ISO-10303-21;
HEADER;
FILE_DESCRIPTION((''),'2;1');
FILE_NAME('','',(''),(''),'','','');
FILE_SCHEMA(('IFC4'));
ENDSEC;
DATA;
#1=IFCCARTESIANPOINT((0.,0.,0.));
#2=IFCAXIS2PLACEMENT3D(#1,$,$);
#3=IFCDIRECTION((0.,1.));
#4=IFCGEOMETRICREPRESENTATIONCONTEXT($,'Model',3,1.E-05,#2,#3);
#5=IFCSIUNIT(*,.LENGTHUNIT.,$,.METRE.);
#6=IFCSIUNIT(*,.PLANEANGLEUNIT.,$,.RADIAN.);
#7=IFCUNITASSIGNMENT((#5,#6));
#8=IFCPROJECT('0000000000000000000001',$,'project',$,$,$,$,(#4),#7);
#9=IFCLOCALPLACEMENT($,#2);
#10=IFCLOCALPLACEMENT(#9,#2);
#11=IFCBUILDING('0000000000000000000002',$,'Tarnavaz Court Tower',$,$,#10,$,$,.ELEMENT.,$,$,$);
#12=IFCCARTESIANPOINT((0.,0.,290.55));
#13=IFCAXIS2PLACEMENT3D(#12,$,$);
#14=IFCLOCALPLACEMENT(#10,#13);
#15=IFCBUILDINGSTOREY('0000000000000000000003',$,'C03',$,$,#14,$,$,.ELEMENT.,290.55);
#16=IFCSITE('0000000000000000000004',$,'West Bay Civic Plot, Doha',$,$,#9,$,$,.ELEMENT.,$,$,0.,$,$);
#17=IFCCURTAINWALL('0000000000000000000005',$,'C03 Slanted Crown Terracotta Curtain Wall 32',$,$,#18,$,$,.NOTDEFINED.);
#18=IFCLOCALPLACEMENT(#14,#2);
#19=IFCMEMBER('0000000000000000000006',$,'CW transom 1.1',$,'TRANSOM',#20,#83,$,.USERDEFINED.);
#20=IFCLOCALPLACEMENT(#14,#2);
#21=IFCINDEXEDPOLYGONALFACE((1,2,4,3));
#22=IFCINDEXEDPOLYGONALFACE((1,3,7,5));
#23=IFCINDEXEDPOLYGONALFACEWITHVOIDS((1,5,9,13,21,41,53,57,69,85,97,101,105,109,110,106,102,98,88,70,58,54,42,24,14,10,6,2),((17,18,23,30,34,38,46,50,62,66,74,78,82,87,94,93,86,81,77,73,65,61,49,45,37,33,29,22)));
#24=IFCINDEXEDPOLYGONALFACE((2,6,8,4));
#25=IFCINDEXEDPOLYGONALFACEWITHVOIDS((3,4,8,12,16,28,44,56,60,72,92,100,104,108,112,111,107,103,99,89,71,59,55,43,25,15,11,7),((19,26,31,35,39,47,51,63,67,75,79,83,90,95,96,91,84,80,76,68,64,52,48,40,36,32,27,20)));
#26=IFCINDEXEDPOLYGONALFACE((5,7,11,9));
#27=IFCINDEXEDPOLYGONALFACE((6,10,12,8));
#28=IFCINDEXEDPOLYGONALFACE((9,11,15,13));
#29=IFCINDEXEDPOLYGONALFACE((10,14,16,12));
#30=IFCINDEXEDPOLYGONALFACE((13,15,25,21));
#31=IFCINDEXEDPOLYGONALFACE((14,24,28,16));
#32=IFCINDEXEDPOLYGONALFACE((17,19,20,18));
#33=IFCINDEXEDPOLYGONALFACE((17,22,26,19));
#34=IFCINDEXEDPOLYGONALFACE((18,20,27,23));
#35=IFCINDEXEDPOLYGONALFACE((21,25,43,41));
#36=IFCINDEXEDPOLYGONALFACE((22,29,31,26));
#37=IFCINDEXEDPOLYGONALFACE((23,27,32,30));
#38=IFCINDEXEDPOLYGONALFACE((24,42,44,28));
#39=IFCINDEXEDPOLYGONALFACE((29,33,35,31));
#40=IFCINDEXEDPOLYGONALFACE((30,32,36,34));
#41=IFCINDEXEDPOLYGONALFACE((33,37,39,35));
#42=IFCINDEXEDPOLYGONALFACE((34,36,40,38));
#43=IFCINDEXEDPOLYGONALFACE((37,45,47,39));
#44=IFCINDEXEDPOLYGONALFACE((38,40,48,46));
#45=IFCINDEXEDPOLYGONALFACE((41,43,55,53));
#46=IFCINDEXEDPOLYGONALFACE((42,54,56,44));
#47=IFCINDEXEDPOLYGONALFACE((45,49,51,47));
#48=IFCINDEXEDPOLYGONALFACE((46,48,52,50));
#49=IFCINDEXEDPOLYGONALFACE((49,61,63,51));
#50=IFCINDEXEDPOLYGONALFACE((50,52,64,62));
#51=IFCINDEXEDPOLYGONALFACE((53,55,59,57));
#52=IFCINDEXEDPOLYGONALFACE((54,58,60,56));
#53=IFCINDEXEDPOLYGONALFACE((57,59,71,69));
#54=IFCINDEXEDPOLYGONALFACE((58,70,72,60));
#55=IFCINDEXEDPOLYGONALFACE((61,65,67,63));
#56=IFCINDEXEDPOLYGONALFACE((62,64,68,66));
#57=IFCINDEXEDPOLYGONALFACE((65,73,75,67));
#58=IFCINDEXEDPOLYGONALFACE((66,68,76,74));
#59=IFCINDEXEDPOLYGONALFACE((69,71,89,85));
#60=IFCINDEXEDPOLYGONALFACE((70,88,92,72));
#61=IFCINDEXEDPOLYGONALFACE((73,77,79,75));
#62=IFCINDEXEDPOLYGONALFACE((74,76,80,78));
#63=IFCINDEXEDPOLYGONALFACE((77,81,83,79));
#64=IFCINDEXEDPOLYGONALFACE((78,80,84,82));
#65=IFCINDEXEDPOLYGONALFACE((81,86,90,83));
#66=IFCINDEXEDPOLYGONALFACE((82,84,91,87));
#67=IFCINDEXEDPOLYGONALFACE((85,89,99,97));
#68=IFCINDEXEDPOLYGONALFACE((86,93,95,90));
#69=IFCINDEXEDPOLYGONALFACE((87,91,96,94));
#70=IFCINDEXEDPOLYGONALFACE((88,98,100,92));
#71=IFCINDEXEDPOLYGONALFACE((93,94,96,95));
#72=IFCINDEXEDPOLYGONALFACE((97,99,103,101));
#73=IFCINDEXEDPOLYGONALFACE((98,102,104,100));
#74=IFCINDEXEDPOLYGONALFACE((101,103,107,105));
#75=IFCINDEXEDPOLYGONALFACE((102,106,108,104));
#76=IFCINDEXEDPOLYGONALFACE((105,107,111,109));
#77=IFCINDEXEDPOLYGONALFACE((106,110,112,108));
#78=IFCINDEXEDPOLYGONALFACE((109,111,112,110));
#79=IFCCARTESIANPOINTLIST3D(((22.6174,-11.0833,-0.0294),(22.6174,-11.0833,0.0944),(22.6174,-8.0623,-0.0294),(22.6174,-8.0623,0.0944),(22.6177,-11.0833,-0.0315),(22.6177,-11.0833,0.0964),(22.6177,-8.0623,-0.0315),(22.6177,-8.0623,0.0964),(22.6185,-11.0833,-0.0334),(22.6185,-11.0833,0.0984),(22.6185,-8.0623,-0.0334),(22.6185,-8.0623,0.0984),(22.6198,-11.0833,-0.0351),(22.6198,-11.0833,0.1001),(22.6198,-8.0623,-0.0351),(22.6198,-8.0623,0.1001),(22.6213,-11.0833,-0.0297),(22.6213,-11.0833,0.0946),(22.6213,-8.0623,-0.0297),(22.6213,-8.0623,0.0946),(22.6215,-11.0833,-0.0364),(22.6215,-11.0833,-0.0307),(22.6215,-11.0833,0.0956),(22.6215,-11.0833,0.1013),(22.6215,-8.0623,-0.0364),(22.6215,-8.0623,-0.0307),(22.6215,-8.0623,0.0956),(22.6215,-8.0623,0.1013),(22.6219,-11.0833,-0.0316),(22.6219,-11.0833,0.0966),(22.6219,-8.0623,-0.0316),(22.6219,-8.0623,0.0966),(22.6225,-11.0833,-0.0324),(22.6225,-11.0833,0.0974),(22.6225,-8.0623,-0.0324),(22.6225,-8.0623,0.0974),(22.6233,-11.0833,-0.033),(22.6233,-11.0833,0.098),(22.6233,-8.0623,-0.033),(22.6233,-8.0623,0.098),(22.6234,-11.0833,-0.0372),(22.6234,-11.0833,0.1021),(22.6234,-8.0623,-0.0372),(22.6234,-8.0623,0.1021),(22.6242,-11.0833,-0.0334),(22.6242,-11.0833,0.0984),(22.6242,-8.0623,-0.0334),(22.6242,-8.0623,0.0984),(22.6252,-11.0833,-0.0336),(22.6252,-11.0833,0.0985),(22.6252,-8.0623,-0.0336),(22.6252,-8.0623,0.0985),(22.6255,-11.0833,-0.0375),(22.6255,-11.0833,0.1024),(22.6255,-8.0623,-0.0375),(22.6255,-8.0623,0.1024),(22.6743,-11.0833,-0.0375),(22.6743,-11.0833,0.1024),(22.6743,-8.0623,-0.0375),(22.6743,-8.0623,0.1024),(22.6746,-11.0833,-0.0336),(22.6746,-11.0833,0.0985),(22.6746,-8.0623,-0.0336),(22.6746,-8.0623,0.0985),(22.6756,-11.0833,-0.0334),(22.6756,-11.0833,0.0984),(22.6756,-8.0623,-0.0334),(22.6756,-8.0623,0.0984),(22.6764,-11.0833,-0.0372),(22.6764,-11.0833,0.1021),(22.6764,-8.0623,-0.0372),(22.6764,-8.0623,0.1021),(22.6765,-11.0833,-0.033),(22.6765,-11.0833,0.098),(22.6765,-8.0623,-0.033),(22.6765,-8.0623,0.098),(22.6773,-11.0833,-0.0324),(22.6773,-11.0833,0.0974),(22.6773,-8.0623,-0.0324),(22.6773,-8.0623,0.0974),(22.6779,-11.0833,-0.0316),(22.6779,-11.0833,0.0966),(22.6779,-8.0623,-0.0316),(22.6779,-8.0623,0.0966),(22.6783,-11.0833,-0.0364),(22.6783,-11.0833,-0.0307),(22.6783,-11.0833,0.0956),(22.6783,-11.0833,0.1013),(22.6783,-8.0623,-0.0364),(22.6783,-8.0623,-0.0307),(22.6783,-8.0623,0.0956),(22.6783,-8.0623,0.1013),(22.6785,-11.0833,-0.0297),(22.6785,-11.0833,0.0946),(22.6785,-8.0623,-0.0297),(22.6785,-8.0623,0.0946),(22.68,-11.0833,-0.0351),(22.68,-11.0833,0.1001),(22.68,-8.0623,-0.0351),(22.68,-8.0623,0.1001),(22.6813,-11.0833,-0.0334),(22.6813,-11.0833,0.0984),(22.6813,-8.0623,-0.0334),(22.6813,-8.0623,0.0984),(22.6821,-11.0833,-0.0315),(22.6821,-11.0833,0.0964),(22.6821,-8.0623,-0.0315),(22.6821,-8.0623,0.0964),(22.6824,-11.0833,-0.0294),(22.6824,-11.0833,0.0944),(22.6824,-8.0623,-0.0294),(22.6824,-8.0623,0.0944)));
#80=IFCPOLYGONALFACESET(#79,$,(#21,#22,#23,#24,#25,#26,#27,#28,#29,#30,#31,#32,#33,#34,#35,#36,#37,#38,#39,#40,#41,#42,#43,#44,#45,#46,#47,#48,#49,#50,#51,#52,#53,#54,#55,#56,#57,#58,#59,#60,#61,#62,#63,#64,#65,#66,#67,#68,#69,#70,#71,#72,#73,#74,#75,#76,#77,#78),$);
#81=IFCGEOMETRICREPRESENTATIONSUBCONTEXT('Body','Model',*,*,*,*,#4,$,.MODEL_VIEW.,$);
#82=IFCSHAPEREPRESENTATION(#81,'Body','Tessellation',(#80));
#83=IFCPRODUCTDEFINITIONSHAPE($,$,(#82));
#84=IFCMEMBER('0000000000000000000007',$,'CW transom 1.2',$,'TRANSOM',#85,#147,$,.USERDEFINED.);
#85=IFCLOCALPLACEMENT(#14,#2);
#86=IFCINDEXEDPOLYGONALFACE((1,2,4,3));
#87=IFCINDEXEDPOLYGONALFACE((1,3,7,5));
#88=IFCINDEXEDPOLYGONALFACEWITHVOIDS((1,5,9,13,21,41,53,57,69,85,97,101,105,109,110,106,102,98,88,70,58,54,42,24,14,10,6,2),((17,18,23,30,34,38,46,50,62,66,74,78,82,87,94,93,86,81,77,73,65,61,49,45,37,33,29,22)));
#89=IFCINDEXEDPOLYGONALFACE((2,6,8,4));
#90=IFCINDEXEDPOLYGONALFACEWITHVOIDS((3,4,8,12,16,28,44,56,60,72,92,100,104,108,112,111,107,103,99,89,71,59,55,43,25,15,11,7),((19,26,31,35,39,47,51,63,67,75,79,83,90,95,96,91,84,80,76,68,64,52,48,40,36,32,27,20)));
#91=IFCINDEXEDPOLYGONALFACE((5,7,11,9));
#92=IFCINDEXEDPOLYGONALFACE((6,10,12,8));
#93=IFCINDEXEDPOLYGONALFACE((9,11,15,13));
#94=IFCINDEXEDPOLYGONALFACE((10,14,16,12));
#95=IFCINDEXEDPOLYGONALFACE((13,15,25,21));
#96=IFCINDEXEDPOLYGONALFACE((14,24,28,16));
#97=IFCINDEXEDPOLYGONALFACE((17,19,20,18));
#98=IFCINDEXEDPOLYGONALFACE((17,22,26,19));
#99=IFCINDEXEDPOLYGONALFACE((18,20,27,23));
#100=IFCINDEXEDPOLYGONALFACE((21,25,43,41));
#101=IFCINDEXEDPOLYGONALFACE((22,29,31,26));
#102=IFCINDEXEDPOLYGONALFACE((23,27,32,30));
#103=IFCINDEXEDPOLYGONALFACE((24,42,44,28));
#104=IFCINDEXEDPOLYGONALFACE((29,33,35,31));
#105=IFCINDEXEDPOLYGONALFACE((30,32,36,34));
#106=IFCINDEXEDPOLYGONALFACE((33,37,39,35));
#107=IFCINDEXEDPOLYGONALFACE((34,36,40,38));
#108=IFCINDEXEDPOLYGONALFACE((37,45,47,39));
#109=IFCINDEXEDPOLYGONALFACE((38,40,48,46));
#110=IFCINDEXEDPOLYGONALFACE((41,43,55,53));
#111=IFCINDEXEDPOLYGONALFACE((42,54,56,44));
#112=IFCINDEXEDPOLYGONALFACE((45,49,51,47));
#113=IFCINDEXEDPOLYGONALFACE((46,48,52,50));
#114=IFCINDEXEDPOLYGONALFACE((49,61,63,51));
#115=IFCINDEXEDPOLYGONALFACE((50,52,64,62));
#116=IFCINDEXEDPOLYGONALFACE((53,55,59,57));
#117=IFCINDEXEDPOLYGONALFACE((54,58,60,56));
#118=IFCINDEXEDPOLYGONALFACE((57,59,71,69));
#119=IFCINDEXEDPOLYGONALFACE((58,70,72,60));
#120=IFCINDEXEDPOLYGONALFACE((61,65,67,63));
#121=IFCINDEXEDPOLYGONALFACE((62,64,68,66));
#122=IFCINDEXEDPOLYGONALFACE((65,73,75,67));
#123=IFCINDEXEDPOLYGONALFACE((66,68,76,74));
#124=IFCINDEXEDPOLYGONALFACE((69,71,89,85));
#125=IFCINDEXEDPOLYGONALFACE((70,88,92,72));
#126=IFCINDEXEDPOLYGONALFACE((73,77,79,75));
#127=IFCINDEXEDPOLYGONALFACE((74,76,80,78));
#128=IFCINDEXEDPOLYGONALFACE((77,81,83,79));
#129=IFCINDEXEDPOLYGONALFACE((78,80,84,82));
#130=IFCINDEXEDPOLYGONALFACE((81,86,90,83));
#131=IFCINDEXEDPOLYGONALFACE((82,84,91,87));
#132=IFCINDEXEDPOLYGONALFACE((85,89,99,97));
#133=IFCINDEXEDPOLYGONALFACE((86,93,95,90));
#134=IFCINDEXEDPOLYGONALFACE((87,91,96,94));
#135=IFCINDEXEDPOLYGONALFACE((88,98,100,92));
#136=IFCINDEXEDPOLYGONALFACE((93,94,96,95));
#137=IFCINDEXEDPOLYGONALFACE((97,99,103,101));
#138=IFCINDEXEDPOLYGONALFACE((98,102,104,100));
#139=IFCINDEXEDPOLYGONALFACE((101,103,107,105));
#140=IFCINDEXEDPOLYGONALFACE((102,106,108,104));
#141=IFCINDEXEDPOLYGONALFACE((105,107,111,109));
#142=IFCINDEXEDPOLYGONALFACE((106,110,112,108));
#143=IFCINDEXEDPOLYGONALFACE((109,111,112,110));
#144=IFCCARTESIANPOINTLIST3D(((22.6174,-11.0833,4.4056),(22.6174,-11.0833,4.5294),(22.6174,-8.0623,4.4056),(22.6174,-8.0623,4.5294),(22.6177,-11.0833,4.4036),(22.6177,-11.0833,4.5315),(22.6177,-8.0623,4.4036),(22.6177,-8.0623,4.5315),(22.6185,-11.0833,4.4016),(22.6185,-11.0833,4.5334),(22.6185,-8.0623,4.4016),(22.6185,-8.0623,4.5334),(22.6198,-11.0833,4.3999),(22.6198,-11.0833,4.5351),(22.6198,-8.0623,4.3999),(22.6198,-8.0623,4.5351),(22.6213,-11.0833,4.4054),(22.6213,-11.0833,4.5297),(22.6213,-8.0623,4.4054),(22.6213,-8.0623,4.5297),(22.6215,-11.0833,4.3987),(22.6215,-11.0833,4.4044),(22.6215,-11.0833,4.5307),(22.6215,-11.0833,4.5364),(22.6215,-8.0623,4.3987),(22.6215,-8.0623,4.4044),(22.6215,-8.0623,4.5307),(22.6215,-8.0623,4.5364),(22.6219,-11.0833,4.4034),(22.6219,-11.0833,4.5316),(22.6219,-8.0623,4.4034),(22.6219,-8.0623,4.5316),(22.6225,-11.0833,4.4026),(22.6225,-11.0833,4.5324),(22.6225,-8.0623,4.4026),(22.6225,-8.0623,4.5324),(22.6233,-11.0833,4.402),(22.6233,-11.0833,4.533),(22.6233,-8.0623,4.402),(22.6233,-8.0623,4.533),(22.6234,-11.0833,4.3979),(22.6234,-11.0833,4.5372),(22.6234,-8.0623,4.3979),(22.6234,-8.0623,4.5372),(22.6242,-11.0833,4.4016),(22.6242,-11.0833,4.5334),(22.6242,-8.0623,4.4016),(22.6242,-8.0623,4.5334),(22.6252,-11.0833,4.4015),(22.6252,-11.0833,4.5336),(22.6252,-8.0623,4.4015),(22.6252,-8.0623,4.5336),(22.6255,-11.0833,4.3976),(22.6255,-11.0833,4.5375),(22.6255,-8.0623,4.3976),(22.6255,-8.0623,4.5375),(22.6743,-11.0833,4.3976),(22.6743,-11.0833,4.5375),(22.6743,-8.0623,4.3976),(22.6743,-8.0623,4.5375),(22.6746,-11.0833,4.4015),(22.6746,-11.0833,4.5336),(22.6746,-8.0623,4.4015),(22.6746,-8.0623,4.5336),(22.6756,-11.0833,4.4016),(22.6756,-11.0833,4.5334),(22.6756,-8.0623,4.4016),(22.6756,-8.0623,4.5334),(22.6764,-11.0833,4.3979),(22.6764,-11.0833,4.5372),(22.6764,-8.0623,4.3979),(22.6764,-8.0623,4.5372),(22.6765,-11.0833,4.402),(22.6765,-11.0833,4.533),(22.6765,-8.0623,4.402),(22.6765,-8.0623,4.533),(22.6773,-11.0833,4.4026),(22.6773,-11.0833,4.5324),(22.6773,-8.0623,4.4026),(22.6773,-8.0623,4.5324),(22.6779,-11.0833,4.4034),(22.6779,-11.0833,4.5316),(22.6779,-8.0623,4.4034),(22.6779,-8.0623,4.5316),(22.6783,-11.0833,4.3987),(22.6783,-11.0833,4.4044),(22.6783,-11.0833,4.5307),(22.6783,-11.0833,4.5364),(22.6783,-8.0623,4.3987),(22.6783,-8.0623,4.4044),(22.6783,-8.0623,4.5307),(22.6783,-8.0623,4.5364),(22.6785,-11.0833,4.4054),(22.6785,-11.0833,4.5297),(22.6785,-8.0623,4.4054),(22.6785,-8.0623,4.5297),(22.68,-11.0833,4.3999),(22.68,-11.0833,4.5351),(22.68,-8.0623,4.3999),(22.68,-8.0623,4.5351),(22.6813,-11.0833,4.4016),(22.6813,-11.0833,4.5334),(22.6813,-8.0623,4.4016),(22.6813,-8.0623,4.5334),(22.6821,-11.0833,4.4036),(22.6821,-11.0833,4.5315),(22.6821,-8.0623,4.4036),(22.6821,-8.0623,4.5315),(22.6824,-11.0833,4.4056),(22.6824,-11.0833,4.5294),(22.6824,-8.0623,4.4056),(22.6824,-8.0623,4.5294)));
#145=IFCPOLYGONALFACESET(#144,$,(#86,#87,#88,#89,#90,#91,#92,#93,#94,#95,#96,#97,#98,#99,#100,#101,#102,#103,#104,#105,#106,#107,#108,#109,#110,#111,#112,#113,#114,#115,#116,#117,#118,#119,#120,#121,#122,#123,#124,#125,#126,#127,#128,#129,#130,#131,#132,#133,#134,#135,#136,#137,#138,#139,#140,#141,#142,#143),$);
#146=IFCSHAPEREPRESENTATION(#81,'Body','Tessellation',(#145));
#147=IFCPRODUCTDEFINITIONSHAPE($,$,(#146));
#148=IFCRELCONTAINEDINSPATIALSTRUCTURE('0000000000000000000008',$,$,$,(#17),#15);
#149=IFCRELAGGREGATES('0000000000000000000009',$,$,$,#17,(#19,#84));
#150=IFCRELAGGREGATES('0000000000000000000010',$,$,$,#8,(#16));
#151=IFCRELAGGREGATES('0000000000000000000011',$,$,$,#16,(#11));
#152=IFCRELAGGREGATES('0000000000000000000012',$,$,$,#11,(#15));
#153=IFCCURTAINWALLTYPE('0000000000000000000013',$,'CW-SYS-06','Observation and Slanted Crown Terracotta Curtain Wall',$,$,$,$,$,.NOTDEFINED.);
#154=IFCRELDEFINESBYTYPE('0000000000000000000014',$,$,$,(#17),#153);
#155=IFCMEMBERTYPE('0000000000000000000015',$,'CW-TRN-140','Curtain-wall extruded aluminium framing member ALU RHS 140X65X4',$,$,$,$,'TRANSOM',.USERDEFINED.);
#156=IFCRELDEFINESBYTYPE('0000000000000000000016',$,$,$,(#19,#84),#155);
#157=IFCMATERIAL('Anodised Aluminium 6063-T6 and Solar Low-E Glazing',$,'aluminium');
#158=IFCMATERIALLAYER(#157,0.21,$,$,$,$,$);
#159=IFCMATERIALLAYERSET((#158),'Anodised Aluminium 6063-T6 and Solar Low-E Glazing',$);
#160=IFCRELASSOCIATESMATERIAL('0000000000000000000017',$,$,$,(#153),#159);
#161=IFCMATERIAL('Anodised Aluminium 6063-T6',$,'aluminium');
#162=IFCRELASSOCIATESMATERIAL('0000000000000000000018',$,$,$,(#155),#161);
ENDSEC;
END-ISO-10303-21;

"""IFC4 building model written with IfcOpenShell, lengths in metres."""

from ifc_helpers import new_model, si_unit, direction, frame, origin, origin_2d, place, context, subcontext, project, spatial, hollow_rectangle, extrude, material, layer, layer_set, material_profile, profile_set, type_object, element, aggregate, save


model = new_model("IFC4")

# Units and contexts
model_context = context("Model", 3, precision=1e-05, world=origin(), true_north=direction((0.0, 1.0)))
body_context = subcontext(model_context, "Body", "Model", "MODEL_VIEW")
ifc_project = project(units=[si_unit("LENGTHUNIT", "METRE"), si_unit("PLANEANGLEUNIT", "RADIAN")], contexts=[model_context])

# Site, building, storey
site_placement = place(None, origin())
site = spatial("IfcSite", under=ifc_project, at=site_placement, Name="West Bay Civic Plot, Doha", CompositionType="ELEMENT", RefElevation=0.0)
building_placement = place(site_placement, origin())
building = spatial("IfcBuilding", under=site, at=building_placement, Name="Tarnavaz Court Tower", CompositionType="ELEMENT")
storey_placement = place(building_placement, frame((0.0, 0.0, 290.55)))
storey = spatial("IfcBuildingStorey", under=building, at=storey_placement, Name="C03", CompositionType="ELEMENT", Elevation=290.55)

# Shared definitions
ifc_material_1 = material(Name="Anodised Aluminium 6063-T6 and Solar Low-E Glazing", Category="aluminium")
ifc_layer_1 = layer(ifc_material_1, 0.21)
ifc_layer_set_1 = layer_set([ifc_layer_1], Name="Anodised Aluminium 6063-T6 and Solar Low-E Glazing")
curtain_wall_type = type_object("IfcCurtainWallType", Name="CW-SYS-06", Description="Observation and Slanted Crown Terracotta Curtain Wall", PredefinedType="NOTDEFINED", material=ifc_layer_set_1)
ifc_material_2 = material(Name="Anodised Aluminium 6063-T6", Category="aluminium")

# Curtain wall
curtain_wall_1_placement = place(storey_placement, origin())
curtain_wall_1 = element("IfcCurtainWall", 1, at=curtain_wall_1_placement, inside=storey, type_object=curtain_wall_type, Name="C03 Slanted Crown Terracotta Curtain Wall 32", PredefinedType="NOTDEFINED")

# Members
ifc_material_profile_1 = material_profile(ifc_material_2, hollow_rectangle(XDim=0.0649, YDim=0.1399, WallThickness=0.0039, InnerFilletRadius=0.0039, OuterFilletRadius=0.0081, at=origin_2d()), Name="ALU RHS 140X65X4")
ifc_profile_set_1 = profile_set([ifc_material_profile_1], Name="Anodised Aluminium 6063-T6")
member_type_1 = type_object("IfcMemberType", Name="CW-TRN-140", Description="Curtain-wall extruded aluminium framing member ALU RHS 140X65X4", ElementType="TRANSOM", PredefinedType="USERDEFINED", material=ifc_profile_set_1)
member_1_placement = place(storey_placement, frame((22.6499, -8.0623, 0.0325), z_axis=(0.0, -1.0, 0.0), x_axis=(1.0, 0.0, 0.0)))
member_1 = element("IfcMember", 2, at=member_1_placement, type_object=member_type_1, Name="CW transom 1.1", ObjectType="TRANSOM", PredefinedType="USERDEFINED", context=body_context, shape_type="SweptSolid", body=[
    extrude(hollow_rectangle(XDim=0.0649, YDim=0.1399, WallThickness=0.0039, InnerFilletRadius=0.0039, OuterFilletRadius=0.0081, at=origin_2d()), origin(), (0.0, 0.0, 1.0), 3.021),
])
member_2_placement = place(storey_placement, frame((22.6499, -8.0623, 4.4675), z_axis=(0.0, -1.0, 0.0), x_axis=(1.0, 0.0, 0.0)))
member_2 = element("IfcMember", 3, at=member_2_placement, type_object=member_type_1, Name="CW transom 1.2", ObjectType="TRANSOM", PredefinedType="USERDEFINED", context=body_context, shape_type="SweptSolid", body=[
    extrude(hollow_rectangle(XDim=0.0649, YDim=0.1399, WallThickness=0.0039, InnerFilletRadius=0.0039, OuterFilletRadius=0.0081, at=origin_2d()), origin(), (0.0, 0.0, 1.0), 3.021),
])

aggregate(curtain_wall_1, [member_1, member_2])

save(model, "model.ifc")
